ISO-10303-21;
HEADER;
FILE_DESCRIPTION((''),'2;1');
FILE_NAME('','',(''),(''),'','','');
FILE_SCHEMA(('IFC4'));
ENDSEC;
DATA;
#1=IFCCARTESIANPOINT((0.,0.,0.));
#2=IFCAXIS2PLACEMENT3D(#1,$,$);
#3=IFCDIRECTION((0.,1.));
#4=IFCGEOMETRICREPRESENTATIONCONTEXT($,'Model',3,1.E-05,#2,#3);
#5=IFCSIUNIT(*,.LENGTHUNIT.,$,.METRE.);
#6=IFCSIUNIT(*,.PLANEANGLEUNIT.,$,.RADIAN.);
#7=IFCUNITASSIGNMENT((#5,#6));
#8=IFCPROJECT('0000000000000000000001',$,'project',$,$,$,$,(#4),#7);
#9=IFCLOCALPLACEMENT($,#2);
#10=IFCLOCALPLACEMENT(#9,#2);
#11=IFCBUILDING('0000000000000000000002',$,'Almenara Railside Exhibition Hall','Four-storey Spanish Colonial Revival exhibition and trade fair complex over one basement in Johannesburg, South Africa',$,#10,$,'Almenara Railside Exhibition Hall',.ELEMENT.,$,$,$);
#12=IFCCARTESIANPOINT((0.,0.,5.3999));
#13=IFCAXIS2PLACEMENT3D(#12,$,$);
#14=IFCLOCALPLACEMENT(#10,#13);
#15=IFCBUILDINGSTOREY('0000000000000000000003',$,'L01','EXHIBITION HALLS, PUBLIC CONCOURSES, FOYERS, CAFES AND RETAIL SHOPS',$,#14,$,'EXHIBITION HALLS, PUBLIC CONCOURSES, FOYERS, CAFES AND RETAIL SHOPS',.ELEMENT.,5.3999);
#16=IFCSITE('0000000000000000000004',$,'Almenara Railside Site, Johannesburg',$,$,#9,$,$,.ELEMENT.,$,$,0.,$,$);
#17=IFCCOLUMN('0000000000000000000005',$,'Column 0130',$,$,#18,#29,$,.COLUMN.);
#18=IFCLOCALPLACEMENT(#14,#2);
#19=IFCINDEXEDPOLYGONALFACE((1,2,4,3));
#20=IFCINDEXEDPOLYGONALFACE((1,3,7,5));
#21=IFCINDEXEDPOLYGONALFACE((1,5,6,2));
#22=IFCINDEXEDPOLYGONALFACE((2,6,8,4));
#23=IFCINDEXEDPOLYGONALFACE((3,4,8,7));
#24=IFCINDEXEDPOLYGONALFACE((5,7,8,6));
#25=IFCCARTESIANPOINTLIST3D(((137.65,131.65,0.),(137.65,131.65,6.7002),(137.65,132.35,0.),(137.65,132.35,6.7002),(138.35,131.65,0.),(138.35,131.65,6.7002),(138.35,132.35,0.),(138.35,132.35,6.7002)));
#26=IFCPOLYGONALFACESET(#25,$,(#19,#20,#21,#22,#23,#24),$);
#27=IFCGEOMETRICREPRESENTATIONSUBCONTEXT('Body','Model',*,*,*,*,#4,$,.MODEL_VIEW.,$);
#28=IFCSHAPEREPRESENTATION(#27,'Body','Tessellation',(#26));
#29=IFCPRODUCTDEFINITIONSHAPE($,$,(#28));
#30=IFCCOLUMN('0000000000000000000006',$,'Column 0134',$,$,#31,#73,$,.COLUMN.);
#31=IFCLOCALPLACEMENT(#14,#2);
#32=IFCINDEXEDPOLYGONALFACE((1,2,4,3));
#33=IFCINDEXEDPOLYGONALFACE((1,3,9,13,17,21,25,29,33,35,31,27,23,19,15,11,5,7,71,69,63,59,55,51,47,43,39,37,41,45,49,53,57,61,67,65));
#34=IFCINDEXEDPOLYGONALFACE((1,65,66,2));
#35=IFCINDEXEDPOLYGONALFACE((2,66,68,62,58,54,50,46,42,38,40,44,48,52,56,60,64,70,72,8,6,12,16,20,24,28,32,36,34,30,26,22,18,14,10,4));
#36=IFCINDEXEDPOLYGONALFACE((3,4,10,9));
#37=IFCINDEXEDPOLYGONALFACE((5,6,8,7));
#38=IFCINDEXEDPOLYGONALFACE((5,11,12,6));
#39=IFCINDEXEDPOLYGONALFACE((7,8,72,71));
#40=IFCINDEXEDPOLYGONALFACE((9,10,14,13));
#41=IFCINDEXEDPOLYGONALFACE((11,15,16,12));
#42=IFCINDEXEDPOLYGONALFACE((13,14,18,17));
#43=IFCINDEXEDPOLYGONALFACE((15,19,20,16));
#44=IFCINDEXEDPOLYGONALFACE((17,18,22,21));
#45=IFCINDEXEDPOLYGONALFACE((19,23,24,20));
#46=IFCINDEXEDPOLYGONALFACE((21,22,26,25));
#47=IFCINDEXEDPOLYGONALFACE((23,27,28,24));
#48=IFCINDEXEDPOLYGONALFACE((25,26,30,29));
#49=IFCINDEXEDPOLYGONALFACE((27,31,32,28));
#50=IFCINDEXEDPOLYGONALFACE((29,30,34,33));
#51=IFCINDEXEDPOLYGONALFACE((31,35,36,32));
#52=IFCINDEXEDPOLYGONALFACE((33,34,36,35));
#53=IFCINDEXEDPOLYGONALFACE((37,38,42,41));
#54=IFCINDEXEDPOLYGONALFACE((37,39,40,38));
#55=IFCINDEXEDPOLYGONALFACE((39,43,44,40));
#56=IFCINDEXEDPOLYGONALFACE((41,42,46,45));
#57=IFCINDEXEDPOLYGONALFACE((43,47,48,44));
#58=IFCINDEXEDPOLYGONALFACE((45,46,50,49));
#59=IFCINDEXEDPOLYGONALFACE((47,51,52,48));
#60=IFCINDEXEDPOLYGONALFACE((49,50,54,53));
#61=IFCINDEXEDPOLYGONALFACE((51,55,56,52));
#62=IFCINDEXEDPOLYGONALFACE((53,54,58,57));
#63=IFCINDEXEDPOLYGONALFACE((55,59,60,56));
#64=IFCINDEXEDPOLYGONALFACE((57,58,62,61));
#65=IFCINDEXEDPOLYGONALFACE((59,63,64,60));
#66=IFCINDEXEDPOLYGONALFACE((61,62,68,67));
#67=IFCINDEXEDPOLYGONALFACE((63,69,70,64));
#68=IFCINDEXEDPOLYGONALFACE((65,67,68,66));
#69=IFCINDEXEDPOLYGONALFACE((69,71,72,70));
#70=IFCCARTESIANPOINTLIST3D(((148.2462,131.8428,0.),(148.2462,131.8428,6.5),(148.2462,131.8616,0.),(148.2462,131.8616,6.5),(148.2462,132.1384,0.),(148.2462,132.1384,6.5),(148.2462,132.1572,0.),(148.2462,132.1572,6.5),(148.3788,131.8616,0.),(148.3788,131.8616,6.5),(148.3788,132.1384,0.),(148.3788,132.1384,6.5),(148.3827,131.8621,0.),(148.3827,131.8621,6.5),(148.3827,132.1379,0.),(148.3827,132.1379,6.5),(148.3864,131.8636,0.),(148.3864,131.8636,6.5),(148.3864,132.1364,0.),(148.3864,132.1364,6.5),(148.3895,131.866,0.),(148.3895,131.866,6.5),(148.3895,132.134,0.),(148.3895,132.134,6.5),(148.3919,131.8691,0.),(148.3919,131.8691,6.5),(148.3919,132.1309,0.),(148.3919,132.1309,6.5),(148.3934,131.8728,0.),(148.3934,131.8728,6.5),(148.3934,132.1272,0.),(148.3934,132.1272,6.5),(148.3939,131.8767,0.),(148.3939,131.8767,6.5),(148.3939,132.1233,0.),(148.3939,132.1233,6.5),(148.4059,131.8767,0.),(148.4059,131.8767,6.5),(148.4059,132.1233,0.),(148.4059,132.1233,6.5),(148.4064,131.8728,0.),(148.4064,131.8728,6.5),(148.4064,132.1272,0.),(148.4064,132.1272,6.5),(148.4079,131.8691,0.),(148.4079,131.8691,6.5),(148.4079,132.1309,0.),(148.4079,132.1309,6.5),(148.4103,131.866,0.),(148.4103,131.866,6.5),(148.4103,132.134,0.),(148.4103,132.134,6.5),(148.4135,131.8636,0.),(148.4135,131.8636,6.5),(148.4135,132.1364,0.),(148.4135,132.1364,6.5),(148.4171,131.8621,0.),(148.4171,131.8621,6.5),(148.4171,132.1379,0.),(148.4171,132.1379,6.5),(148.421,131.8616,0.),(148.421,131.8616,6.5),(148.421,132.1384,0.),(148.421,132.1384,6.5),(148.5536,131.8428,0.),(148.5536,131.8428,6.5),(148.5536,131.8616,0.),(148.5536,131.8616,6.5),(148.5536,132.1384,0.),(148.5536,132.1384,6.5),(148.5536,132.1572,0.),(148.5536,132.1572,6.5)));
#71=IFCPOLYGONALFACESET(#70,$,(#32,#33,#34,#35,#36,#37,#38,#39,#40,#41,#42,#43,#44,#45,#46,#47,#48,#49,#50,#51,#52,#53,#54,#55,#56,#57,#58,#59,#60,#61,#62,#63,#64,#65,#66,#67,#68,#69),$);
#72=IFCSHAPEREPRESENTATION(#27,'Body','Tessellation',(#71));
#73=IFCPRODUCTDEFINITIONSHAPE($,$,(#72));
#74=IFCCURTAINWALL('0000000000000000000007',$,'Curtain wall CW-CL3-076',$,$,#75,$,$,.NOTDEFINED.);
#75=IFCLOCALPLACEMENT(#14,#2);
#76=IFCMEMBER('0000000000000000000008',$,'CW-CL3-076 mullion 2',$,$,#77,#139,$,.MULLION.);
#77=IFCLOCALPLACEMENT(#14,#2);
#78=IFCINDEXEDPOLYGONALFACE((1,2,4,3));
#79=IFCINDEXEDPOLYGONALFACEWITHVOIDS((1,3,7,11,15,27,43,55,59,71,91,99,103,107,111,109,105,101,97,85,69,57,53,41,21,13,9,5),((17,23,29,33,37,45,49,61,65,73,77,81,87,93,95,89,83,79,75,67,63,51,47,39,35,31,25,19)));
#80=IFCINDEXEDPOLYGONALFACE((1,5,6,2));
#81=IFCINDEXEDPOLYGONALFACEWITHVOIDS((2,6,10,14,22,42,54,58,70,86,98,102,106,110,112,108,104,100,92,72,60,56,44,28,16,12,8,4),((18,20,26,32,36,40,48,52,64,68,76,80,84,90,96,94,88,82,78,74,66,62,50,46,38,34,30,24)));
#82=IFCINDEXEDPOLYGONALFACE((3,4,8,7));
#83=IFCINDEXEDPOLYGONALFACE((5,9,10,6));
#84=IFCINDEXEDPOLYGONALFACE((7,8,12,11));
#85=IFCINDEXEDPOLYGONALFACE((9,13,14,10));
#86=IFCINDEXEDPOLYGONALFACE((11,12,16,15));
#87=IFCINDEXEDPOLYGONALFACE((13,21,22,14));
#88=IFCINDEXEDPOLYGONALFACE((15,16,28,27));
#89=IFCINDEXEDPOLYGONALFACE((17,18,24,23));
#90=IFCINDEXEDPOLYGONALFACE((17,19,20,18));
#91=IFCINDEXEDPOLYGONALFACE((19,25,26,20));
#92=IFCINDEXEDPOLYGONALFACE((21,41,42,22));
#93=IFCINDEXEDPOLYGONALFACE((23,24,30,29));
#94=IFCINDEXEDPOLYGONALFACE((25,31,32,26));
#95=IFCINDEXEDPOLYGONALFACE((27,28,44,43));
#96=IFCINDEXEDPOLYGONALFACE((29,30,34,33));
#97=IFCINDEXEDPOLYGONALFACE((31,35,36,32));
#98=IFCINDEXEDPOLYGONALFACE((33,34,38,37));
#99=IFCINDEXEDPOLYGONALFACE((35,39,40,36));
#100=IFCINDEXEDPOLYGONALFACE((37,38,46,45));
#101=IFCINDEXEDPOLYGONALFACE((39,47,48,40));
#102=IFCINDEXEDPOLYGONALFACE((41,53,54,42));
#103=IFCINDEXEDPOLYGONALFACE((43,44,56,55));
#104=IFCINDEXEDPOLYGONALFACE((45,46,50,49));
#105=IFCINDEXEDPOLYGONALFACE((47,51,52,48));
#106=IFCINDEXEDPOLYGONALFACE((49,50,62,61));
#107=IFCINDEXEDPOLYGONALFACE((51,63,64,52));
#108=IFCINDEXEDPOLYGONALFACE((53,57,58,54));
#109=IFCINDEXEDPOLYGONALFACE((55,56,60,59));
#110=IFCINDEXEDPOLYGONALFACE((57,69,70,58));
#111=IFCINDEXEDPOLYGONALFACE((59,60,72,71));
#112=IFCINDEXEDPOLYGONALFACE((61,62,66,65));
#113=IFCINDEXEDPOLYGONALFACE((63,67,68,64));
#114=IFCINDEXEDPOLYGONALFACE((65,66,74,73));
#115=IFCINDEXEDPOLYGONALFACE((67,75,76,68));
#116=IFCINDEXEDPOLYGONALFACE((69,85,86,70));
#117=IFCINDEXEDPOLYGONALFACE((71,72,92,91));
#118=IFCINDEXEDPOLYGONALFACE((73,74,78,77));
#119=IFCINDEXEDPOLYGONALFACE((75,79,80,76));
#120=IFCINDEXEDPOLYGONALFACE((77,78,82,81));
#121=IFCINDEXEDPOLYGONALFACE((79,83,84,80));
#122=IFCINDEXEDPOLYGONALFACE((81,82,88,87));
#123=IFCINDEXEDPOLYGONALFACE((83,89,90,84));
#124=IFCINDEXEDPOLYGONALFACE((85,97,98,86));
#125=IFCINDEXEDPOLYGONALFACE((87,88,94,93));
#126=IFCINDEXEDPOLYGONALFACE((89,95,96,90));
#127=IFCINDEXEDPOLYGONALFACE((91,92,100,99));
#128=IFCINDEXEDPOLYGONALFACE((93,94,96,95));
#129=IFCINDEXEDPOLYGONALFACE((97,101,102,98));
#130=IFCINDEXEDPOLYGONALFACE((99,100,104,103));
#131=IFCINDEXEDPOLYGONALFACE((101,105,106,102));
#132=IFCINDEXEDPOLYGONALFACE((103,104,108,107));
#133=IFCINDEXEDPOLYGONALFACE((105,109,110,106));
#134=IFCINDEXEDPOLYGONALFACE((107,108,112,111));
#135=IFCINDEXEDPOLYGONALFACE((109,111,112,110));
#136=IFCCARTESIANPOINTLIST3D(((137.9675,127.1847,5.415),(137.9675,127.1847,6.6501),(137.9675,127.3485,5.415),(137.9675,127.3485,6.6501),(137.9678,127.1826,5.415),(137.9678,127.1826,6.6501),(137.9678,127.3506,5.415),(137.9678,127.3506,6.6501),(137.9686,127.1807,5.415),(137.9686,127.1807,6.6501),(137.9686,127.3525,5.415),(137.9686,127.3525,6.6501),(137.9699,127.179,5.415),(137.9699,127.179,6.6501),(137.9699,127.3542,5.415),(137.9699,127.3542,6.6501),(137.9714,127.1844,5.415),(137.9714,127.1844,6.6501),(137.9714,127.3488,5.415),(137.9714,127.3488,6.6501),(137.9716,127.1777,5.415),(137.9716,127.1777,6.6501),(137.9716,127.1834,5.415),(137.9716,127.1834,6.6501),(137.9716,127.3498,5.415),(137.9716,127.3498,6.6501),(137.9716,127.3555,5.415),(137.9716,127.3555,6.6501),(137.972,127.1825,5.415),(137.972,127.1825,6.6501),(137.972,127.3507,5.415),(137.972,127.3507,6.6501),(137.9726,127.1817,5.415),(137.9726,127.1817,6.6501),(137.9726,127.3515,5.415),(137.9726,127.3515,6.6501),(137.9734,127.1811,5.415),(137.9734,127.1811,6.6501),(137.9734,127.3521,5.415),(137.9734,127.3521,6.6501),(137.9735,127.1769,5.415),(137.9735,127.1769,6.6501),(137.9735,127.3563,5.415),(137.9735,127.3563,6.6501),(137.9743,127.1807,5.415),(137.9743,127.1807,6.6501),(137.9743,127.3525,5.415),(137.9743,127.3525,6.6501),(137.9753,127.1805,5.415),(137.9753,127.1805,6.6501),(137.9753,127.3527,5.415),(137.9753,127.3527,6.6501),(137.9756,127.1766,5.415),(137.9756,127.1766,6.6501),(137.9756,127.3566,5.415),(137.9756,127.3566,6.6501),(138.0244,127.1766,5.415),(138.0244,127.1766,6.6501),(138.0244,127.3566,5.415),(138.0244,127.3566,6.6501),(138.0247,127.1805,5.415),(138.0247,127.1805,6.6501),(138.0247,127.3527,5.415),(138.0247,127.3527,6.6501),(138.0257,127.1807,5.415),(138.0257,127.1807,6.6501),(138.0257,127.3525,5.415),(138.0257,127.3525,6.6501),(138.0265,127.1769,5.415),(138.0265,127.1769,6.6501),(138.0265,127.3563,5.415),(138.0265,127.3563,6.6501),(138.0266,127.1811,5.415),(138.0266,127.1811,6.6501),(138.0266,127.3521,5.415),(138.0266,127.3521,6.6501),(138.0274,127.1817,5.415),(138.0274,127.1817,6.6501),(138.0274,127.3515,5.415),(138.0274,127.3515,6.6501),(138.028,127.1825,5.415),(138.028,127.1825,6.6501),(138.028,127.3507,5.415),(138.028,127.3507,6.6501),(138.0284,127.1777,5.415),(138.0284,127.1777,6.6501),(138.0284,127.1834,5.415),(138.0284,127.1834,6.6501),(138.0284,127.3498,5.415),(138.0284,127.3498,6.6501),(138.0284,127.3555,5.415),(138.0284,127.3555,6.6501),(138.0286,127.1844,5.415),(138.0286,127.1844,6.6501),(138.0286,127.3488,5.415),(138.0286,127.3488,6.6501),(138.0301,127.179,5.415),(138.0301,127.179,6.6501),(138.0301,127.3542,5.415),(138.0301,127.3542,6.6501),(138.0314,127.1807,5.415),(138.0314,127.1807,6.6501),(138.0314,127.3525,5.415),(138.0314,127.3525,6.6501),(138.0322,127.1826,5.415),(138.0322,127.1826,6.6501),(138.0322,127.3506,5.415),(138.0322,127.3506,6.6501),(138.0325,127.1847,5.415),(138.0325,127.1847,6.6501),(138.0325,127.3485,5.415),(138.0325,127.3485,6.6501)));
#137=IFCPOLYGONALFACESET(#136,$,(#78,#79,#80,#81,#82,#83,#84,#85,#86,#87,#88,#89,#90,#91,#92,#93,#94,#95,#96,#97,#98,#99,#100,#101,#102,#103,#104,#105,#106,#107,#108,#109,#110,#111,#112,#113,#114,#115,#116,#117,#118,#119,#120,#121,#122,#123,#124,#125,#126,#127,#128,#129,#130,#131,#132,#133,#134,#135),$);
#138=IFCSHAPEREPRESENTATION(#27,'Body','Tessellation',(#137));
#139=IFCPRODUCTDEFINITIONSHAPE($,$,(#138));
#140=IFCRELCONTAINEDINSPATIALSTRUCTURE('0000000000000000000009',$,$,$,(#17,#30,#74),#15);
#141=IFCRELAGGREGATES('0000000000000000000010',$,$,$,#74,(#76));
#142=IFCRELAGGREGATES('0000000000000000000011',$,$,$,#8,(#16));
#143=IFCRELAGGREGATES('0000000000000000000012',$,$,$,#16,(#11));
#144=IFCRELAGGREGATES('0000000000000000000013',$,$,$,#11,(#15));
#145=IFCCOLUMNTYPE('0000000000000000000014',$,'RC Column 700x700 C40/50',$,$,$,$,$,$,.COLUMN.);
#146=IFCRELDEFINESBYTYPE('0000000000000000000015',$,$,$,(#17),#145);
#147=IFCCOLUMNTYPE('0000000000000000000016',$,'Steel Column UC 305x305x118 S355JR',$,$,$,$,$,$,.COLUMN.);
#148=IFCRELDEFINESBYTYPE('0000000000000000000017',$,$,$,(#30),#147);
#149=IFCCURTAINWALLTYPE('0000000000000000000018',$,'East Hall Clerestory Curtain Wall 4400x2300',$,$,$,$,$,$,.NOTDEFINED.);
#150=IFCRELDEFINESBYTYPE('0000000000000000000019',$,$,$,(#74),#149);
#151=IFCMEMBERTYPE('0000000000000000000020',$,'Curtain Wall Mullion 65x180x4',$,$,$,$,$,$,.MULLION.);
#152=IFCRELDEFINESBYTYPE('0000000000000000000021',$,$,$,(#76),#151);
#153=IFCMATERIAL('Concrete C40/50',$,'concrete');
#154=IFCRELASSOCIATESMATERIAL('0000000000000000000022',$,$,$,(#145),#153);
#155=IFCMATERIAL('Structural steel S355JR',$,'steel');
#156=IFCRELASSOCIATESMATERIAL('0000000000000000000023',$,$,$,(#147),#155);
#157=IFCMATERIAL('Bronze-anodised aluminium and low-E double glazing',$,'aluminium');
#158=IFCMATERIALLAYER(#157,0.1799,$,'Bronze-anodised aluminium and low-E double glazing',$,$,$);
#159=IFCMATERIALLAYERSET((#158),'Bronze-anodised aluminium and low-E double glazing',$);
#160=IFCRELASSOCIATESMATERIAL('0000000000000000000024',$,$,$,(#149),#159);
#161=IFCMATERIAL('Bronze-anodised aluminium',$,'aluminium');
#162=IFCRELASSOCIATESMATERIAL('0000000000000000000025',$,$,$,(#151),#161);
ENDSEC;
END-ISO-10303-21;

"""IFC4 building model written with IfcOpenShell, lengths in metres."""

from ifc_helpers import new_model, si_unit, direction, frame, origin, origin_2d, place, context, subcontext, project, spatial, rectangle, hollow_rectangle, i_section, extrude, material, layer, layer_set, material_profile, profile_set, type_object, element, aggregate, save


model = new_model("IFC4")

# Units and contexts
model_context = context("Model", 3, precision=1e-05, world=origin(), true_north=direction((0.0, 1.0)))
body_context = subcontext(model_context, "Body", "Model", "MODEL_VIEW")
ifc_project = project(units=[si_unit("LENGTHUNIT", "METRE"), si_unit("PLANEANGLEUNIT", "RADIAN")], contexts=[model_context])

# Site, building, storey
site_placement = place(None, origin())
site = spatial("IfcSite", under=ifc_project, at=site_placement, Name="Almenara Railside Site, Johannesburg", CompositionType="ELEMENT", RefElevation=0.0)
building_placement = place(site_placement, origin())
building = spatial("IfcBuilding", under=site, at=building_placement, Name="Almenara Railside Exhibition Hall", Description="Four-storey Spanish Colonial Revival exhibition and trade fair complex over one basement in Johannesburg, South Africa", LongName="Almenara Railside Exhibition Hall", CompositionType="ELEMENT")
storey_placement = place(building_placement, frame((0.0, 0.0, 5.3999)))
storey = spatial("IfcBuildingStorey", under=building, at=storey_placement, Name="L01", Description="EXHIBITION HALLS, PUBLIC CONCOURSES, FOYERS, CAFES AND RETAIL SHOPS", LongName="EXHIBITION HALLS, PUBLIC CONCOURSES, FOYERS, CAFES AND RETAIL SHOPS", CompositionType="ELEMENT", Elevation=5.3999)

# Columns
ifc_material_1 = material(Name="Concrete C40/50", Category="concrete")
ifc_material_profile_1 = material_profile(ifc_material_1, rectangle(XDim=0.7, YDim=0.7, at=origin_2d()), Name="RC 700x700")
ifc_profile_set_1 = profile_set([ifc_material_profile_1], Name="Concrete C40/50")
column_type_1 = type_object("IfcColumnType", Name="RC Column 700x700 C40/50", PredefinedType="COLUMN", material=ifc_profile_set_1)
column_1_placement = place(storey_placement, frame((138.0, 132.0, 0.0), z_axis=(0.0, 0.0, 1.0), x_axis=(1.0, 0.0, 0.0)))
element("IfcColumn", 1, at=column_1_placement, inside=storey, type_object=column_type_1, Name="Column 0130", PredefinedType="COLUMN", context=body_context, shape_type="SweptSolid", body=[
    extrude(rectangle(XDim=0.7, YDim=0.7, at=origin_2d()), origin(), (0.0, 0.0, 1.0), 6.7002),
])
ifc_material_2 = material(Name="Structural steel S355JR", Category="steel")
ifc_material_profile_2 = material_profile(ifc_material_2, i_section(OverallWidth=0.3074, OverallDepth=0.3145, WebThickness=0.012, FlangeThickness=0.0188, FilletRadius=0.0151, at=origin_2d()), Name="UC 305x305x118")
ifc_profile_set_2 = profile_set([ifc_material_profile_2], Name="Structural steel S355JR")
column_type_2 = type_object("IfcColumnType", Name="Steel Column UC 305x305x118 S355JR", PredefinedType="COLUMN", material=ifc_profile_set_2)
column_2_placement = place(storey_placement, frame((148.3999, 132.0, 0.0), z_axis=(0.0, 0.0, 1.0), x_axis=(1.0, 0.0, 0.0)))
element("IfcColumn", 2, at=column_2_placement, inside=storey, type_object=column_type_2, Name="Column 0134", PredefinedType="COLUMN", context=body_context, shape_type="SweptSolid", body=[
    extrude(i_section(OverallWidth=0.3074, OverallDepth=0.3145, WebThickness=0.012, FlangeThickness=0.0188, FilletRadius=0.0151, at=origin_2d()), origin(), (0.0, 0.0, 1.0), 6.5),
])

# Curtain wall, member
ifc_material_3 = material(Name="Bronze-anodised aluminium and low-E double glazing", Category="aluminium")
ifc_layer_1 = layer(ifc_material_3, 0.1799, Name="Bronze-anodised aluminium and low-E double glazing")
ifc_layer_set_1 = layer_set([ifc_layer_1], Name="Bronze-anodised aluminium and low-E double glazing")
curtain_wall_type = type_object("IfcCurtainWallType", Name="East Hall Clerestory Curtain Wall 4400x2300", PredefinedType="NOTDEFINED", material=ifc_layer_set_1)
curtain_wall_placement = place(storey_placement, origin())
curtain_wall = element("IfcCurtainWall", 3, at=curtain_wall_placement, inside=storey, type_object=curtain_wall_type, Name="Curtain wall CW-CL3-076", PredefinedType="NOTDEFINED")
ifc_material_4 = material(Name="Bronze-anodised aluminium", Category="aluminium")
ifc_material_profile_3 = material_profile(ifc_material_4, hollow_rectangle(XDim=0.0649, YDim=0.1799, WallThickness=0.0039, InnerFilletRadius=0.0039, OuterFilletRadius=0.0081, at=origin_2d()), Name="ALU-MUL 65x180x4")
ifc_profile_set_3 = profile_set([ifc_material_profile_3], Name="Bronze-anodised aluminium")
member_type_1 = type_object("IfcMemberType", Name="Curtain Wall Mullion 65x180x4", PredefinedType="MULLION", material=ifc_profile_set_3)
member_1_placement = place(storey_placement, frame((138.0, 127.2666, 5.415), z_axis=(0.0, 0.0, 1.0), x_axis=(-1.0, 0.0, 0.0)))
member_1 = element("IfcMember", 4, at=member_1_placement, type_object=member_type_1, Name="CW-CL3-076 mullion 2", PredefinedType="MULLION", context=body_context, shape_type="SweptSolid", body=[
    extrude(hollow_rectangle(XDim=0.0649, YDim=0.1799, WallThickness=0.0039, InnerFilletRadius=0.0039, OuterFilletRadius=0.0081, at=origin_2d()), origin(), (0.0, 0.0, 1.0), 1.2351),
])

aggregate(curtain_wall, [member_1])

save(model, "model.ifc")
